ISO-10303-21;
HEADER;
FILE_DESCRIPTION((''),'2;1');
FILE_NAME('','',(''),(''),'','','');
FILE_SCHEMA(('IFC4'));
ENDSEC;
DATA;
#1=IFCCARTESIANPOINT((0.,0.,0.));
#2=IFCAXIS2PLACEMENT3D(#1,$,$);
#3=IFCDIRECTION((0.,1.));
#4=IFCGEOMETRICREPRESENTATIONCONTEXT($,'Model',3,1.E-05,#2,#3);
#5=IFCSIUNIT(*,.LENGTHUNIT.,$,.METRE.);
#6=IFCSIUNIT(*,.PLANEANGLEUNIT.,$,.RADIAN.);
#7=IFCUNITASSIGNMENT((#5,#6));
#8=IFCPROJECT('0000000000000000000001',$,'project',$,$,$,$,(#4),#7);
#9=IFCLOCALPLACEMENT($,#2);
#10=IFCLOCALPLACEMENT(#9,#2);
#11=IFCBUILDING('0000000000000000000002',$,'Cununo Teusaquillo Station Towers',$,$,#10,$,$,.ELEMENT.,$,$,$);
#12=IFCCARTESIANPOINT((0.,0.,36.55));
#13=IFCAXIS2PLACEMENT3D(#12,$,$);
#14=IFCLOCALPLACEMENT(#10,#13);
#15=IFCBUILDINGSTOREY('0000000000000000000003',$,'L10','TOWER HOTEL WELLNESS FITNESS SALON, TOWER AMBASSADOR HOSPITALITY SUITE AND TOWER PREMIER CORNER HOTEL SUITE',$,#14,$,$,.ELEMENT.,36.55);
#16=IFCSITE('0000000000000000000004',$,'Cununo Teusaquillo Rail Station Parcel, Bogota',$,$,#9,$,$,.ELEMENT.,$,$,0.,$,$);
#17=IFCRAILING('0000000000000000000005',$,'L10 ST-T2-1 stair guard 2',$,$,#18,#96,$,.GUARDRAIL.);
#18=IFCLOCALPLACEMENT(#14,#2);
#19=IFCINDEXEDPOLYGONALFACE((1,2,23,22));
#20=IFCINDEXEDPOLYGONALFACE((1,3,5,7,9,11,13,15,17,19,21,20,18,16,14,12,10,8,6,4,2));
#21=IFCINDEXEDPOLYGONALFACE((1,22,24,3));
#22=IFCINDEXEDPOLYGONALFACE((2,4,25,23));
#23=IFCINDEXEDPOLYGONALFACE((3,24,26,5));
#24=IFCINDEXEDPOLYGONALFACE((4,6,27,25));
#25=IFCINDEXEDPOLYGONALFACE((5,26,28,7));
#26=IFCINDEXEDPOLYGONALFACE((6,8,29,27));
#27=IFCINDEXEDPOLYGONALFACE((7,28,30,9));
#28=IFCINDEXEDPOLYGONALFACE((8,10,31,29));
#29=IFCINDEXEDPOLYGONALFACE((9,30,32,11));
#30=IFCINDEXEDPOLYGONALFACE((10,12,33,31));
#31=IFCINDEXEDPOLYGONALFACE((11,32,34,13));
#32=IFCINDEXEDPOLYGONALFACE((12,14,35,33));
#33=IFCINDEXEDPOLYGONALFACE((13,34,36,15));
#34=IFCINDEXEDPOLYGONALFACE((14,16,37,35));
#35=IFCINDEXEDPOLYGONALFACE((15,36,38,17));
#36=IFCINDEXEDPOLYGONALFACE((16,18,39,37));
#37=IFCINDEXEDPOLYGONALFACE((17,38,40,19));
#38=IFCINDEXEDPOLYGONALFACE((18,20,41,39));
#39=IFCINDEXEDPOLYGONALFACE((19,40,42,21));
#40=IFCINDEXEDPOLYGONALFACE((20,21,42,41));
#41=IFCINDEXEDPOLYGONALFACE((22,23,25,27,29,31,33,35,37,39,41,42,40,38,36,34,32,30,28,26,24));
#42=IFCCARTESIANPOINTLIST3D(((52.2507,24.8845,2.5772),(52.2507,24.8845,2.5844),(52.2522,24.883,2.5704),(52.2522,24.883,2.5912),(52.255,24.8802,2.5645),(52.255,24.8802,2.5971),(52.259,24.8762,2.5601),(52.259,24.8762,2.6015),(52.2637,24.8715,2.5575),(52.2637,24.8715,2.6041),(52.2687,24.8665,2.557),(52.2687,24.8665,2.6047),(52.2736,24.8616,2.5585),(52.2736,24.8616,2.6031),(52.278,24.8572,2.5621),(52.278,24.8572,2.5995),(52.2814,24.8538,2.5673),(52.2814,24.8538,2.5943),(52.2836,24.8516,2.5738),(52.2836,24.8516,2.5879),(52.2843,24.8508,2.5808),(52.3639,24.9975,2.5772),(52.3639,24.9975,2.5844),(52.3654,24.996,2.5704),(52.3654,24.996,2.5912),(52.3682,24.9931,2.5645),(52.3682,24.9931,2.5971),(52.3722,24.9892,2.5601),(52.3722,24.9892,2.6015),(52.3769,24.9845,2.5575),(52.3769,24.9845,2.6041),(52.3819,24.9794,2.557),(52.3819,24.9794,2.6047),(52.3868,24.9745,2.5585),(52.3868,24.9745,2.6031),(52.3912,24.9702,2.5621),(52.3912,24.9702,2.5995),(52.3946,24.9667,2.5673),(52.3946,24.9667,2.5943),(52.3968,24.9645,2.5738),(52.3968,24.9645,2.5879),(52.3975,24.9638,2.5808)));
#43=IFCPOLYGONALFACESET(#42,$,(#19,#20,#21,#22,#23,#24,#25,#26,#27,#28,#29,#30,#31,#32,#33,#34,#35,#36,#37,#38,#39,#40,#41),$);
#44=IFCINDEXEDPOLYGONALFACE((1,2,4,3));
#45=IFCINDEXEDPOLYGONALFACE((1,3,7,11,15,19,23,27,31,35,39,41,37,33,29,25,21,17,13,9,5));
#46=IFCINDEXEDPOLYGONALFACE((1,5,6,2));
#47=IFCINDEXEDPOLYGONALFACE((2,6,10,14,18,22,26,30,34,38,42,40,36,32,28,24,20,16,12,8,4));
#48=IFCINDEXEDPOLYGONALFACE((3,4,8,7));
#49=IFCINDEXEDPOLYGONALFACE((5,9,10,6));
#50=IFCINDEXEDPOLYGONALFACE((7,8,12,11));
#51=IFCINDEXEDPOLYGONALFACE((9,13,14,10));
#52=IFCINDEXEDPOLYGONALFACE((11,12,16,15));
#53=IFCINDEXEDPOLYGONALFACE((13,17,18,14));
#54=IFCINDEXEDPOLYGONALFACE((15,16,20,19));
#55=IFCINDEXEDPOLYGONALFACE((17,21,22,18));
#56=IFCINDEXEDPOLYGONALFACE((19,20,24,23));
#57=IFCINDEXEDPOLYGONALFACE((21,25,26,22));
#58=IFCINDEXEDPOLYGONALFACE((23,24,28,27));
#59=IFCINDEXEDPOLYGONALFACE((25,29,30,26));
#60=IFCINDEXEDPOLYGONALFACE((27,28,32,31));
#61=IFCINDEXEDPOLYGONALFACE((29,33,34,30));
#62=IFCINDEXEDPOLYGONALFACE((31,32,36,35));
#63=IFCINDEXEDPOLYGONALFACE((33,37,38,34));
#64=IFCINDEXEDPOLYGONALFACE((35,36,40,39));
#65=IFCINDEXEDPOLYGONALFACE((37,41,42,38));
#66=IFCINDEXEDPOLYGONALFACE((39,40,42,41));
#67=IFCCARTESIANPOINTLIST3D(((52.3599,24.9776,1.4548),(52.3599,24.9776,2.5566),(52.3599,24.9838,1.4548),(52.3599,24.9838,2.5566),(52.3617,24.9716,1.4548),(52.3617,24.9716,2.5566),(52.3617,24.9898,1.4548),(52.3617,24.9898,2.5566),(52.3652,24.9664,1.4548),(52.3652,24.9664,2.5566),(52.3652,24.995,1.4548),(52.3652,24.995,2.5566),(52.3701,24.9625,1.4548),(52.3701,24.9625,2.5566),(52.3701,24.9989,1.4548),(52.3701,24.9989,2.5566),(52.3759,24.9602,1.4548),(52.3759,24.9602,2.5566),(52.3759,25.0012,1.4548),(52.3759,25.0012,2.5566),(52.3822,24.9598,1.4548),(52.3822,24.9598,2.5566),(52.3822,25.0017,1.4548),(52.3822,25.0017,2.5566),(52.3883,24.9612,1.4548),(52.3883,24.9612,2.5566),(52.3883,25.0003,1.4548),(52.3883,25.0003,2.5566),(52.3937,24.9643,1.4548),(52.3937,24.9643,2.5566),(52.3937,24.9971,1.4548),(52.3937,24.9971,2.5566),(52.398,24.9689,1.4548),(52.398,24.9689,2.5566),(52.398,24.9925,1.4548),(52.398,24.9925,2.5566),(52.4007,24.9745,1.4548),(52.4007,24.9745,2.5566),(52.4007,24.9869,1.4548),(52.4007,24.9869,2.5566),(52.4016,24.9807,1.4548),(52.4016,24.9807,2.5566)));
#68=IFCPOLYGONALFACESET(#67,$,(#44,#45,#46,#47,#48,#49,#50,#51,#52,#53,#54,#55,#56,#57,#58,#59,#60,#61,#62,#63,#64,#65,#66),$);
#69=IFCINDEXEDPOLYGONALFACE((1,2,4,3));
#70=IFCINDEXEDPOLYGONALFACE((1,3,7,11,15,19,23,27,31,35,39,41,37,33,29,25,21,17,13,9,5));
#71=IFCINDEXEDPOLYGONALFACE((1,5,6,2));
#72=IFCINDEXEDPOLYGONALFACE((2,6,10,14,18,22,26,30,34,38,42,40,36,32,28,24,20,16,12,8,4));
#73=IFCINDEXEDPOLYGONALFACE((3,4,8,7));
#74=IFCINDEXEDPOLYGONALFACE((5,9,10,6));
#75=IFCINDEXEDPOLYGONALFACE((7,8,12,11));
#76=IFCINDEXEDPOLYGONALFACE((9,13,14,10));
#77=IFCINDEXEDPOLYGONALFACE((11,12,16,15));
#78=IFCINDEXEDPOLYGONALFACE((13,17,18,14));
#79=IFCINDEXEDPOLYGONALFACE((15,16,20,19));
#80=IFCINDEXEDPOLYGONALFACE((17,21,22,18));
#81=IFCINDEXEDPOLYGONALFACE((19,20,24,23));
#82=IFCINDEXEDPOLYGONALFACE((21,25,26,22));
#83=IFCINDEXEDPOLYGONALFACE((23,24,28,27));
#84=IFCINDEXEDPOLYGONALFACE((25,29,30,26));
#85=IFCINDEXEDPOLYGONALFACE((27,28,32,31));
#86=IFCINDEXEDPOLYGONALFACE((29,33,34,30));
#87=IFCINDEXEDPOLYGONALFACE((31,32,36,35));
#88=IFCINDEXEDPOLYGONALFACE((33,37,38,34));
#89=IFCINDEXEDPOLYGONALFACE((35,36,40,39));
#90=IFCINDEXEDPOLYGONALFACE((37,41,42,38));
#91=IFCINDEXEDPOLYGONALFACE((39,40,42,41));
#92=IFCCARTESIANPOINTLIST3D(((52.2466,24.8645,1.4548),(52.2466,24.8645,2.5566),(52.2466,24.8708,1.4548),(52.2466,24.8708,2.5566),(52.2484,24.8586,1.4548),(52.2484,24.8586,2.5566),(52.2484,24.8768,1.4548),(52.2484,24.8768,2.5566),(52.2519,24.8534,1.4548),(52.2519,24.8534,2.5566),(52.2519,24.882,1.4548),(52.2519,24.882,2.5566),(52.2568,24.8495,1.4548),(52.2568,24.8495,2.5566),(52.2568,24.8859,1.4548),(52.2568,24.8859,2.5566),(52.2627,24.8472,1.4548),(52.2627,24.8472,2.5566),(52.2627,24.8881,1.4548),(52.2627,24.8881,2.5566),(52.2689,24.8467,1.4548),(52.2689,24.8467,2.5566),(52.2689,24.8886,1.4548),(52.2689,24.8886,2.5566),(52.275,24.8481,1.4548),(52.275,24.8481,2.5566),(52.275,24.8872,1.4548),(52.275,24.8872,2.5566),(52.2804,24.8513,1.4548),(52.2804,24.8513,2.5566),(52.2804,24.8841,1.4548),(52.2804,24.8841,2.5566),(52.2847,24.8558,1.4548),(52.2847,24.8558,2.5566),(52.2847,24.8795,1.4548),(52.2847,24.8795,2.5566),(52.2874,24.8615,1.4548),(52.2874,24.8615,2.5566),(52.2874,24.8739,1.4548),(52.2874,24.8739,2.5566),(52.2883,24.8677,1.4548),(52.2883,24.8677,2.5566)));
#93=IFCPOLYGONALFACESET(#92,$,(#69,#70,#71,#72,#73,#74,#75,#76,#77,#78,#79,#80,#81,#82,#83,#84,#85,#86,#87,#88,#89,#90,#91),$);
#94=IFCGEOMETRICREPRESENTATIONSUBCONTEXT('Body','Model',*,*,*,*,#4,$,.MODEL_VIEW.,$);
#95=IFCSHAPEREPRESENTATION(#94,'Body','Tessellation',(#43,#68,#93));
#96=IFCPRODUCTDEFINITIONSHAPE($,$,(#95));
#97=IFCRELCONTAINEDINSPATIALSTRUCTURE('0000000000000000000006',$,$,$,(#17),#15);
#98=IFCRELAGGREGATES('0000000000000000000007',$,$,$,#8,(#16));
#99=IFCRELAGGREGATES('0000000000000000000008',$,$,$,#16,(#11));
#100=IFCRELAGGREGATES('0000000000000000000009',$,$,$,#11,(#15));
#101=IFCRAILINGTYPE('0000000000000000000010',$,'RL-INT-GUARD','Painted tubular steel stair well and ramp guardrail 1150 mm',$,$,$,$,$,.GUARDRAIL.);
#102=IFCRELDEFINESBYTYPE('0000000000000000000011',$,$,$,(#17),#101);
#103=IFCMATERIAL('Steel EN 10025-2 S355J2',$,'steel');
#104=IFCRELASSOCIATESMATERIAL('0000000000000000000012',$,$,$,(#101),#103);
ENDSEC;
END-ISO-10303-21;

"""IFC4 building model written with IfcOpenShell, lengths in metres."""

from ifc_helpers import new_model, si_unit, direction, frame, origin, origin_2d, place, context, subcontext, project, spatial, circle, extrude, material, type_object, element, save


model = new_model("IFC4")

# Units and contexts
model_context = context("Model", 3, precision=1e-05, world=origin(), true_north=direction((0.0, 1.0)))
body_context = subcontext(model_context, "Body", "Model", "MODEL_VIEW")
ifc_project = project(units=[si_unit("LENGTHUNIT", "METRE"), si_unit("PLANEANGLEUNIT", "RADIAN")], contexts=[model_context])

# Site, building, storey
site_placement = place(None, origin())
site = spatial("IfcSite", under=ifc_project, at=site_placement, Name="Cununo Teusaquillo Rail Station Parcel, Bogota", CompositionType="ELEMENT", RefElevation=0.0)
building_placement = place(site_placement, origin())
building = spatial("IfcBuilding", under=site, at=building_placement, Name="Cununo Teusaquillo Station Towers", CompositionType="ELEMENT")
storey_placement = place(building_placement, frame((0.0, 0.0, 36.55)))
storey = spatial("IfcBuildingStorey", under=building, at=storey_placement, Name="L10", Description="TOWER HOTEL WELLNESS FITNESS SALON, TOWER AMBASSADOR HOSPITALITY SUITE AND TOWER PREMIER CORNER HOTEL SUITE", CompositionType="ELEMENT", Elevation=36.55)

# Railing
ifc_material_1 = material(Name="Steel EN 10025-2 S355J2", Category="steel")
railing_type_1 = type_object("IfcRailingType", Name="RL-INT-GUARD", Description="Painted tubular steel stair well and ramp guardrail 1150 mm", PredefinedType="GUARDRAIL", material=ifc_material_1)
railing_1_placement = place(storey_placement, frame((52.3806, 24.9807, 1.4548)))
element("IfcRailing", 1, at=railing_1_placement, inside=storey, type_object=railing_type_1, Name="L10 ST-T2-1 stair guard 2", PredefinedType="GUARDRAIL", context=body_context, shape_type="SweptSolid", body=[
    extrude(circle(Radius=0.0239, at=origin_2d()), frame((0.0, 0.0, 1.126), z_axis=(-0.707869, -0.706344, 0.0), x_axis=(0.706344, -0.707869, 0.0)), (0.0, 0.0, 1.0), 0.1599),
    extrude(circle(Radius=0.021, at=origin_2d()), origin(), (0.0, 0.0, 1.0), 1.1018),
    extrude(circle(Radius=0.021, at=origin_2d()), frame((-0.1133, -0.113, 0.0)), (0.0, 0.0, 1.0), 1.1018),
])

save(model, "model.ifc")
